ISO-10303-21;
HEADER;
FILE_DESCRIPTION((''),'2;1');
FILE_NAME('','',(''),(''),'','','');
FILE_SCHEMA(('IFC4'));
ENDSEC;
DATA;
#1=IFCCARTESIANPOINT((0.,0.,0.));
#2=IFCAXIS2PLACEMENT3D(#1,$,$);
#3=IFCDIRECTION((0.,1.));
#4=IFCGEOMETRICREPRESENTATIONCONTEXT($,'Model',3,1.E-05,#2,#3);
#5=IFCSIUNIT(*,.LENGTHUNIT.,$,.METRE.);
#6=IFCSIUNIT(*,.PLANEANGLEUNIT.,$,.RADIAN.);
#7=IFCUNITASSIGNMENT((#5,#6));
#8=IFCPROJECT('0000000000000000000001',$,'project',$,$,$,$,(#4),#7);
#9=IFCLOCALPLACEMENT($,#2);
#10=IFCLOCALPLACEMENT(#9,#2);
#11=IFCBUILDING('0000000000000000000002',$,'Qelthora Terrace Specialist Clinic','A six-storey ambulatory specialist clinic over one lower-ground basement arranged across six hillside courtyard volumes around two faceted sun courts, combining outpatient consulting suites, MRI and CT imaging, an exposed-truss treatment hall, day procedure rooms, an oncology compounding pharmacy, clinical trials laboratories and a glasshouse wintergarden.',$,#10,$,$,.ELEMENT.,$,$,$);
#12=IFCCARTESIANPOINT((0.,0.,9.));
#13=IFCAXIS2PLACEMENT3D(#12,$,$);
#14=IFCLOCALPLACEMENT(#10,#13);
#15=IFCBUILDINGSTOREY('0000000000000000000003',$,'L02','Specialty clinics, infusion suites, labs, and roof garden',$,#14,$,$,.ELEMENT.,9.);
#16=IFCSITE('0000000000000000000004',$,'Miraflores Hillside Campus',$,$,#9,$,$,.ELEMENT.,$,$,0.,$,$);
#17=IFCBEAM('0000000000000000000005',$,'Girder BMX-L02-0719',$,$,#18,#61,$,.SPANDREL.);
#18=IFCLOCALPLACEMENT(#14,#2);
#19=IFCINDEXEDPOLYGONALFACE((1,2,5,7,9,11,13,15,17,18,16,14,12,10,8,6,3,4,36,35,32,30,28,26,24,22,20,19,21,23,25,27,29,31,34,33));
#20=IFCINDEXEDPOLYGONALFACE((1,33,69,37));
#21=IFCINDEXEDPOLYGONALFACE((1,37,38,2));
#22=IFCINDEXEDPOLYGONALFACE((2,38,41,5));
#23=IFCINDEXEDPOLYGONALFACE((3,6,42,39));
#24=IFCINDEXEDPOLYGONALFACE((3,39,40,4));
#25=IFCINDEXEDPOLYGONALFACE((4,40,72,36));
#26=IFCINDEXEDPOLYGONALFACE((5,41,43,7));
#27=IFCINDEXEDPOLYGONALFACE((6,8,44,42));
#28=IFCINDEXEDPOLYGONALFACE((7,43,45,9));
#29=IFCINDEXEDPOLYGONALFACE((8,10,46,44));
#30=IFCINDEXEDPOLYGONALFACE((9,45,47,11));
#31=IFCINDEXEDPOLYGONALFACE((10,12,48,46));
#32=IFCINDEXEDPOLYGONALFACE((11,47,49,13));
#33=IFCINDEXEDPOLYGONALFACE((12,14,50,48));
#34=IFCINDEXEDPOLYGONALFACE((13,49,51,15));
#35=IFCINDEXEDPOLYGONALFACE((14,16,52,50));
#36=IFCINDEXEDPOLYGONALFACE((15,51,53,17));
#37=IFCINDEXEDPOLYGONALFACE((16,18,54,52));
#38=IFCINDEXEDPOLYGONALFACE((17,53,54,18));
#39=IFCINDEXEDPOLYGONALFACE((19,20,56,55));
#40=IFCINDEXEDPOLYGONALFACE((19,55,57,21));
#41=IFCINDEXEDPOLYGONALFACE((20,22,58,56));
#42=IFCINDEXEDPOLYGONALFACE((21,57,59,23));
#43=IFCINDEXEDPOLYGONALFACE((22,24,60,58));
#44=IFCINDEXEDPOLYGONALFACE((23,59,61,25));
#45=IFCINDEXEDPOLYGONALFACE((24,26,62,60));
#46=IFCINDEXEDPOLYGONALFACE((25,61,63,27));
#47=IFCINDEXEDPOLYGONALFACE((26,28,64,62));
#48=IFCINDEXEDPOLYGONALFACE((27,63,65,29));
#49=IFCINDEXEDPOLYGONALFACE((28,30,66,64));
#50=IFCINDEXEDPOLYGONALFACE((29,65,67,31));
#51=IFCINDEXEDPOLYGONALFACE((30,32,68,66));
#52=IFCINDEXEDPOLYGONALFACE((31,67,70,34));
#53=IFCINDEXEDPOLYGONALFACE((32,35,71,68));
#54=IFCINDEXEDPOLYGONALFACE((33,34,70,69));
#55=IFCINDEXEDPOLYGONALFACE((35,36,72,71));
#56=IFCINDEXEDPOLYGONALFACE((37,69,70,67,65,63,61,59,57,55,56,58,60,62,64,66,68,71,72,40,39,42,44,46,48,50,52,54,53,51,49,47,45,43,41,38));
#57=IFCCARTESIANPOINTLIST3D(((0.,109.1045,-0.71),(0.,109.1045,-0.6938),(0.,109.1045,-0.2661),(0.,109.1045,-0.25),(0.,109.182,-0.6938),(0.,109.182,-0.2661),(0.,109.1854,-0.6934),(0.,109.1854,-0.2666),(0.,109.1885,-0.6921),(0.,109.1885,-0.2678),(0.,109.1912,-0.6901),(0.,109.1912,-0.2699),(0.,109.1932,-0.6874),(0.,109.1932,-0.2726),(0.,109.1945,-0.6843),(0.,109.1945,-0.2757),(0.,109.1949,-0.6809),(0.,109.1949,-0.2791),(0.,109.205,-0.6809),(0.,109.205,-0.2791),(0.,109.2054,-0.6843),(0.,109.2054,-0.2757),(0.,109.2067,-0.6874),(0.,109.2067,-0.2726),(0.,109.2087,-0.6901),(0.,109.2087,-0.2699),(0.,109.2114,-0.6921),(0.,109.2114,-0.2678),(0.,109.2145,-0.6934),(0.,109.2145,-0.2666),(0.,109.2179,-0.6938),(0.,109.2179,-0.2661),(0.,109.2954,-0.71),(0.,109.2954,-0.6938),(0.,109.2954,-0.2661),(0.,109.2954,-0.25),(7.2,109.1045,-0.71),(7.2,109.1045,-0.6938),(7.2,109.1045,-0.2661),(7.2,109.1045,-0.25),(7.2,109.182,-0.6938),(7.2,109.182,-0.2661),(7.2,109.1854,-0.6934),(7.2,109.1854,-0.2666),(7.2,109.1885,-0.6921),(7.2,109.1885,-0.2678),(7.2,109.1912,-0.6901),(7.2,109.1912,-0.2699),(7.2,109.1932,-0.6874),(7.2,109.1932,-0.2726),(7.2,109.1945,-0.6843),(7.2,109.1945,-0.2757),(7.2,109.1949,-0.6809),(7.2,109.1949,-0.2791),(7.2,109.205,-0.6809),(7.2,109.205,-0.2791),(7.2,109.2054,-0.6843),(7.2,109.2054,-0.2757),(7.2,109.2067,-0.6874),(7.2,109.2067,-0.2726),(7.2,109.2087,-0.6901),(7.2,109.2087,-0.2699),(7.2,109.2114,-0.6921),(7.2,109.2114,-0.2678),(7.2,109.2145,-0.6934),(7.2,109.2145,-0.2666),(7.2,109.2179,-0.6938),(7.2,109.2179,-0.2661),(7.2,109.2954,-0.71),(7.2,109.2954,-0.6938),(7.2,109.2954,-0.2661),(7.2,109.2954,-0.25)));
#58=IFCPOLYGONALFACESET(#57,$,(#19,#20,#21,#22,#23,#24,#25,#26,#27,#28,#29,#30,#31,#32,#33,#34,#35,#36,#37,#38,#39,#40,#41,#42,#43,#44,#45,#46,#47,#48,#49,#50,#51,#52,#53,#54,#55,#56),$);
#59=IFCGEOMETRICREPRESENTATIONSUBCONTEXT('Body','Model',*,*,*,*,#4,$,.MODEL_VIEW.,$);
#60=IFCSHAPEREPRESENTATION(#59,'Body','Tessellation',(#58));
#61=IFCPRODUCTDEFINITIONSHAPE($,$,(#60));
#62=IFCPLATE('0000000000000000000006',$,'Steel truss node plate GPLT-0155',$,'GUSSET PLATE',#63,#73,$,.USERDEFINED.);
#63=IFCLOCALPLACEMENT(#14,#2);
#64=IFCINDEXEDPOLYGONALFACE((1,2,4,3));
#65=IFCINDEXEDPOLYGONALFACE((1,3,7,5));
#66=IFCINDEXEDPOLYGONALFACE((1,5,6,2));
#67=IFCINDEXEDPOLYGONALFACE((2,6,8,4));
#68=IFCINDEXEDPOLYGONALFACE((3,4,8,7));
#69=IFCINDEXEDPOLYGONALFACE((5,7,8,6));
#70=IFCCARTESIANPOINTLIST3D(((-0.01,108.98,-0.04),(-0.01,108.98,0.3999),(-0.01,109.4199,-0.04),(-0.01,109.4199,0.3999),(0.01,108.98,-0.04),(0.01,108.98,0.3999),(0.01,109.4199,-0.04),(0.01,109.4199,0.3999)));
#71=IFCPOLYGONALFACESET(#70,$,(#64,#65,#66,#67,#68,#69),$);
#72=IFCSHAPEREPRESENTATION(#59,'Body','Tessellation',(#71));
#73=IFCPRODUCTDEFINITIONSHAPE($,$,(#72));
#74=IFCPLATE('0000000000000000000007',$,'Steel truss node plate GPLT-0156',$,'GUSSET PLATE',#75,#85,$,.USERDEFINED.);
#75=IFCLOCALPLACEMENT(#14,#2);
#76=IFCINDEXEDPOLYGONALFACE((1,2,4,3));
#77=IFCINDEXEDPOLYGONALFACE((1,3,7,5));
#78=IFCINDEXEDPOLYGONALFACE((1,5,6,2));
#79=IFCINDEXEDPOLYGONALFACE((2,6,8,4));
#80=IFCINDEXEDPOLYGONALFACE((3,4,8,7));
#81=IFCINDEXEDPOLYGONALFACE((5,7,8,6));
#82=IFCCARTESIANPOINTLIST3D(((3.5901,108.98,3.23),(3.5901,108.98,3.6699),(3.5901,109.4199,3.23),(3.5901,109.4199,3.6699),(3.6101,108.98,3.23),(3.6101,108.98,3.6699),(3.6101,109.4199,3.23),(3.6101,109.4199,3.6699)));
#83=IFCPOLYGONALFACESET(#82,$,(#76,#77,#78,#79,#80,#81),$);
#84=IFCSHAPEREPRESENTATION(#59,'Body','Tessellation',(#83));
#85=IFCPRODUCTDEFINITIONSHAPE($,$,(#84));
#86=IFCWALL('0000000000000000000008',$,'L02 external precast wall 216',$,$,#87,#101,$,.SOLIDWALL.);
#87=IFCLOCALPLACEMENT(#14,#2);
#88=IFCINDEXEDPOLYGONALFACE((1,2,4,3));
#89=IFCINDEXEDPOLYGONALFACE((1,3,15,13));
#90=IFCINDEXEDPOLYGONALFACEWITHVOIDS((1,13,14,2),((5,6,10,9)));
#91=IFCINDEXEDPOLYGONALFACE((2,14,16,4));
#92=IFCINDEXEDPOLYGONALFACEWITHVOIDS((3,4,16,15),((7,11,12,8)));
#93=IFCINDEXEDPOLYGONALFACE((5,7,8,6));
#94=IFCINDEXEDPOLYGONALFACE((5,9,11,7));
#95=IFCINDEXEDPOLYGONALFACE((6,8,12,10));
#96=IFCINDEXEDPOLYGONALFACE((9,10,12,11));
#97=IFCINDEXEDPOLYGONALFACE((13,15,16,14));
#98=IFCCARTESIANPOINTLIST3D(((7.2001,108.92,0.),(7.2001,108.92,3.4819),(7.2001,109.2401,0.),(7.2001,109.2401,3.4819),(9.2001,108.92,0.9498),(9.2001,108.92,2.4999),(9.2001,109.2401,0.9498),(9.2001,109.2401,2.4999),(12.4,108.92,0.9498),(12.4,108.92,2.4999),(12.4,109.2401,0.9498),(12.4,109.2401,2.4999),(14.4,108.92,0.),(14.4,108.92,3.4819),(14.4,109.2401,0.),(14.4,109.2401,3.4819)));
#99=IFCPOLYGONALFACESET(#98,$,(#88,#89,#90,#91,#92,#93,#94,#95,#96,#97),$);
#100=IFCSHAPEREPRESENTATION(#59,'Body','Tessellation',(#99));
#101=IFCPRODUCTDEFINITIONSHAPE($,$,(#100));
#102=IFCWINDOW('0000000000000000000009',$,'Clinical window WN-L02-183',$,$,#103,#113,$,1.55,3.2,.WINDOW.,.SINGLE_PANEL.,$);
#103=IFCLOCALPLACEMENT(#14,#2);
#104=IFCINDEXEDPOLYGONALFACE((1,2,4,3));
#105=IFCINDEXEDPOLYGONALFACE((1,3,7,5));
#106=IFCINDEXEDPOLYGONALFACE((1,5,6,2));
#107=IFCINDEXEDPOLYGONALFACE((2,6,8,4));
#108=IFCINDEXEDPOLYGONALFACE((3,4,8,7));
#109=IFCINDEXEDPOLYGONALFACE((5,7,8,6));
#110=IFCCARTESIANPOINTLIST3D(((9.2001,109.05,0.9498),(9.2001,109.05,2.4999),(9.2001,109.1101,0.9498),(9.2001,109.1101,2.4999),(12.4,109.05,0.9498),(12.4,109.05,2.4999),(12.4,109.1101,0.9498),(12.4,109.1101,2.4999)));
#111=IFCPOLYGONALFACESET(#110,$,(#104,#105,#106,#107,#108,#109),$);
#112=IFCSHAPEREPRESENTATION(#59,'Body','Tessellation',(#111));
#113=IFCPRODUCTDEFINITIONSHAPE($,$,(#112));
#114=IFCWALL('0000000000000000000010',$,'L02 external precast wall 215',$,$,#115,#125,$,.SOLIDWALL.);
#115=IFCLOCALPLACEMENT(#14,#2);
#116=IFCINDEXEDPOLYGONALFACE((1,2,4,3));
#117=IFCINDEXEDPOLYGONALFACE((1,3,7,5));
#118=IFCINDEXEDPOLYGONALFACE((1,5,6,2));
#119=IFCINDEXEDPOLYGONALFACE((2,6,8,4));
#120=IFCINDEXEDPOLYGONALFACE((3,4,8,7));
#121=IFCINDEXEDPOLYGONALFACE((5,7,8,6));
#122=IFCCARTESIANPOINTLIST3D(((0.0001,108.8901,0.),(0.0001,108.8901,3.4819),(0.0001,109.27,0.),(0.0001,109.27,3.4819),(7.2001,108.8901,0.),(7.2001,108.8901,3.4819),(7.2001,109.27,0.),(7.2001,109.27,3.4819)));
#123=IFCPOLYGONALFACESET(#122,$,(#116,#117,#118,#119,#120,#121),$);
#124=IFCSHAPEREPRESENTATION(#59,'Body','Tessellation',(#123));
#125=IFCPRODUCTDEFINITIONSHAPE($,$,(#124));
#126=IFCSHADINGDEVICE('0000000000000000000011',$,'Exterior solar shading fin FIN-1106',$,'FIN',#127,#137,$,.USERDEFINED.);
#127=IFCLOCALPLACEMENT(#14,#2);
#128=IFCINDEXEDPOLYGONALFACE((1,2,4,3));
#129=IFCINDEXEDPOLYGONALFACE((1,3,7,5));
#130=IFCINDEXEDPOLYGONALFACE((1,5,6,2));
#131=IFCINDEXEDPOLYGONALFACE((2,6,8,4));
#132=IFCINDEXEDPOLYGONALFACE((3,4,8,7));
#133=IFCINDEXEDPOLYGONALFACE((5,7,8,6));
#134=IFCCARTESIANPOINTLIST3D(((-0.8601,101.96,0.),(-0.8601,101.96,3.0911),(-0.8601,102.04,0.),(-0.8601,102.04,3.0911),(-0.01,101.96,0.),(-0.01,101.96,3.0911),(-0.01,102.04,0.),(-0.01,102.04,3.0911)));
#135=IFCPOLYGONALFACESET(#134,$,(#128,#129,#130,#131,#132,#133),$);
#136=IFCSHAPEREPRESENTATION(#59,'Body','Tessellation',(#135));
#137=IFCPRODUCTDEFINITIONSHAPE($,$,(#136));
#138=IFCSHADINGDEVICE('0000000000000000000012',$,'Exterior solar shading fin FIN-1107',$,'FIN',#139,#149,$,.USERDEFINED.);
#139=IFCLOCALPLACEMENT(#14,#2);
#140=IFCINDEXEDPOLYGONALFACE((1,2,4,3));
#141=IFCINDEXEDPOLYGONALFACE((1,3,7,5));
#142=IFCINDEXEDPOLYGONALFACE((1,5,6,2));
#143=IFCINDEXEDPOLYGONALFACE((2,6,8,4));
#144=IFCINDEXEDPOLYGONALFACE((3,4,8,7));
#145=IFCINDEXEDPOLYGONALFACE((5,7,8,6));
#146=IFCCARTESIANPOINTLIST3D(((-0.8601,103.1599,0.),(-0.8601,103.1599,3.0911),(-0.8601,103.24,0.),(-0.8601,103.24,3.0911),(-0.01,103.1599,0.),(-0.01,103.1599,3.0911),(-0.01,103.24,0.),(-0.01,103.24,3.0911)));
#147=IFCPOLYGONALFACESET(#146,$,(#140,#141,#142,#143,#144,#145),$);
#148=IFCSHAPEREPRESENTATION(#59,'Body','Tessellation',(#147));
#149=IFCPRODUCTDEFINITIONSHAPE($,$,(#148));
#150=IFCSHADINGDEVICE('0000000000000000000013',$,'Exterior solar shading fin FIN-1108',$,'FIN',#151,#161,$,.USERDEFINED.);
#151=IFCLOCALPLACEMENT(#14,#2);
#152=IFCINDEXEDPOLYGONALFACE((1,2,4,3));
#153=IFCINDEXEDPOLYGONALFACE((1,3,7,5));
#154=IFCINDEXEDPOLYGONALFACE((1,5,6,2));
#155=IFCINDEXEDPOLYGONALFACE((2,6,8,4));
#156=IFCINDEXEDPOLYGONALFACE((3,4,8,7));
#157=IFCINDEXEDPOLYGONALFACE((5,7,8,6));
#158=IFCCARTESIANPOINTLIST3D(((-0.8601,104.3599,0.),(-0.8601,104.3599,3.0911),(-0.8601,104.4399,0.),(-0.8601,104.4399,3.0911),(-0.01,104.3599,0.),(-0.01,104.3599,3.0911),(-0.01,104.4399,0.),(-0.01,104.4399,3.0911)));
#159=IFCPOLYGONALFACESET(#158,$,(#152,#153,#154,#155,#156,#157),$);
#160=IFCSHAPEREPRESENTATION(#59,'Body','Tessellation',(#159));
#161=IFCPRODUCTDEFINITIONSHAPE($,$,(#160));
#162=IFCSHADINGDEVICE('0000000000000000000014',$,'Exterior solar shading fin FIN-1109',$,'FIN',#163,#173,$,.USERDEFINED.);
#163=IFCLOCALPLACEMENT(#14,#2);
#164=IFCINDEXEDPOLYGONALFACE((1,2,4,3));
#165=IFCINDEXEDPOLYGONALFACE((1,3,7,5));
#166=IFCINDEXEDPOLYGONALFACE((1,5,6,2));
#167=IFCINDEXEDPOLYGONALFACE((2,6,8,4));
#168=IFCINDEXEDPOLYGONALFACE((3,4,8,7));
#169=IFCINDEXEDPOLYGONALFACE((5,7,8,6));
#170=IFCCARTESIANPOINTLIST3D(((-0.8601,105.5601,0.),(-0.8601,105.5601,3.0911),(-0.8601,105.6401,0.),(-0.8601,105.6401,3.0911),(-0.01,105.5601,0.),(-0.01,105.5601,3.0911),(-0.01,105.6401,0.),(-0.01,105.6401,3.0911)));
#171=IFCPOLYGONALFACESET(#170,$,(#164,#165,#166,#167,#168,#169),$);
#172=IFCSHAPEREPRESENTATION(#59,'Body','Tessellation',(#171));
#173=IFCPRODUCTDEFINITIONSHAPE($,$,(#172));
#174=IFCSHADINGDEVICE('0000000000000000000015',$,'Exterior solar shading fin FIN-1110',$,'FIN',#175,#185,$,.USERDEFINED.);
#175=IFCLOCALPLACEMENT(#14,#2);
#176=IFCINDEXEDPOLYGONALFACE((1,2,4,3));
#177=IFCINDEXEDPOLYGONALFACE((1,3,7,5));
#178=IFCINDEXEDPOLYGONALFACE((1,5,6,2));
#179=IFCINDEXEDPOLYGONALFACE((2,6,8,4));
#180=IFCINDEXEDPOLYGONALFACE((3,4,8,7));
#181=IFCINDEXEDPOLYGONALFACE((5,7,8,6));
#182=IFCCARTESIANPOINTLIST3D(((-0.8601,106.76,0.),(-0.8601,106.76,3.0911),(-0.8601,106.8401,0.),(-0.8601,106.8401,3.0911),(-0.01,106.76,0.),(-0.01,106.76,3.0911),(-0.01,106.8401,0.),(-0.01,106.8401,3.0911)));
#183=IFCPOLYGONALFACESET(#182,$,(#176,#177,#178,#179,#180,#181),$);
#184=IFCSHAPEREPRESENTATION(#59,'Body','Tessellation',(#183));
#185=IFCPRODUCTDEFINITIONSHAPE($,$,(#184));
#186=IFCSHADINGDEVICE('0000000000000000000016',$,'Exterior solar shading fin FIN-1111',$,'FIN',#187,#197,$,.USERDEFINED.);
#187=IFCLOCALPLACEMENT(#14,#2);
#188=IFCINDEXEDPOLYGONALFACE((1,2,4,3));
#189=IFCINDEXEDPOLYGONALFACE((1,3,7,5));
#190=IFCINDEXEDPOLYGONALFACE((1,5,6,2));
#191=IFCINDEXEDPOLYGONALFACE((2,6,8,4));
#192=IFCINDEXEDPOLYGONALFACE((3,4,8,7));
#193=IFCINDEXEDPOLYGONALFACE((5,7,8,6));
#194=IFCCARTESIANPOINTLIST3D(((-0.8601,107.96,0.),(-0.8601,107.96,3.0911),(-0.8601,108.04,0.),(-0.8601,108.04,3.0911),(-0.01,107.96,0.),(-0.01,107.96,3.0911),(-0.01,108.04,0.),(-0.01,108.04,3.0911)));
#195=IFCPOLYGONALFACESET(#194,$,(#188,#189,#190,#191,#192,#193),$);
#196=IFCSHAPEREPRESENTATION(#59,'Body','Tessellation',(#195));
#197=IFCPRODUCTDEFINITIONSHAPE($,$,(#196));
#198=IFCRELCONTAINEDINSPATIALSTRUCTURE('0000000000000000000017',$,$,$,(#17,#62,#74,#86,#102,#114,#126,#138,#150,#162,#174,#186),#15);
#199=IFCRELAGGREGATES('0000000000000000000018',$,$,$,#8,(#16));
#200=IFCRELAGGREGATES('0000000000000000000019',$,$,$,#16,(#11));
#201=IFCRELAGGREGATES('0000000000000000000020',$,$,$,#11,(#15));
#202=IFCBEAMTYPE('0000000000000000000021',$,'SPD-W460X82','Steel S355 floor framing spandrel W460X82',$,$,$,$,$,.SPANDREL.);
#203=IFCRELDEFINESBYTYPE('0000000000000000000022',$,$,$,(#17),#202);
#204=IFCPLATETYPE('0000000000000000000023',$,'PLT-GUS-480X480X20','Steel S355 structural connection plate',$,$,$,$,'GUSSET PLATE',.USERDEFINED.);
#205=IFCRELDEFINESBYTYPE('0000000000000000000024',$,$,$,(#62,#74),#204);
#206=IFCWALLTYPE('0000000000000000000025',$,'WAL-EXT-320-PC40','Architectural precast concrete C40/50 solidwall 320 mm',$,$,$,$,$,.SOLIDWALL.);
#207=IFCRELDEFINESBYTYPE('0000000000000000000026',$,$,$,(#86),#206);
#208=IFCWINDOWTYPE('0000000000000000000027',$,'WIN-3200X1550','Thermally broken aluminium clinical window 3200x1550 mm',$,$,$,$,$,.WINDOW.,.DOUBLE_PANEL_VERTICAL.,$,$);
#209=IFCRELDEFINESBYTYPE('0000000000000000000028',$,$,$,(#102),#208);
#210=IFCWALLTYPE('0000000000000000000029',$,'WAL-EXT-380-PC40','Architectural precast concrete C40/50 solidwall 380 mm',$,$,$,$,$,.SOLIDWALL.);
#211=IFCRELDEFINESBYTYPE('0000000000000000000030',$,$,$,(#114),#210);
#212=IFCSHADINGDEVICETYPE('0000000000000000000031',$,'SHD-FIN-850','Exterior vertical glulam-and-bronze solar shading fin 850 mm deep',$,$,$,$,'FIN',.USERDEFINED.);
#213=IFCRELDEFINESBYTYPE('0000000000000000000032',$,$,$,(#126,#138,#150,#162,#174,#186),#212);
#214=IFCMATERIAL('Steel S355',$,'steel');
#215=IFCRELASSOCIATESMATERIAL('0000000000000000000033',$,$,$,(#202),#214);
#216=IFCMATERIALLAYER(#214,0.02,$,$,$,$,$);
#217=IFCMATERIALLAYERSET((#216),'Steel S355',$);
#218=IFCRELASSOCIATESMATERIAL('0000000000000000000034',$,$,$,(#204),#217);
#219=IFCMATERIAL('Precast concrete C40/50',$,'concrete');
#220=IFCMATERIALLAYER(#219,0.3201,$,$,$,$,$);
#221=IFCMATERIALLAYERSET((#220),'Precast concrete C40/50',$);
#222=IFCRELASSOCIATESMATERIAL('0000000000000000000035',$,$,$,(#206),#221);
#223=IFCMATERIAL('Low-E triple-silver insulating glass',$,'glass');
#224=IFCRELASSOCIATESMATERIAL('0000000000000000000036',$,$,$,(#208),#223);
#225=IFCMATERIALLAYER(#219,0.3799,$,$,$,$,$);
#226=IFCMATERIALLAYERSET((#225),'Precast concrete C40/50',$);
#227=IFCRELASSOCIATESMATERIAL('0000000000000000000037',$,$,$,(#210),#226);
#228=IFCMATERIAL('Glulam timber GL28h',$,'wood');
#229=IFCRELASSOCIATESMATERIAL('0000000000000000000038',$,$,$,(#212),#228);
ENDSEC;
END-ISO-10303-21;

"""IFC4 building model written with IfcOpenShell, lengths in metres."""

from ifc_helpers import new_model, si_unit, direction, frame, frame_2d, origin, origin_2d, place, context, subcontext, project, spatial, rectangle, i_section, extrude, material, layer, layer_set, material_profile, profile_set, type_object, element, fill, save


model = new_model("IFC4")

# Units and contexts
model_context = context("Model", 3, precision=1e-05, world=origin(), true_north=direction((0.0, 1.0)))
body_context = subcontext(model_context, "Body", "Model", "MODEL_VIEW")
ifc_project = project(units=[si_unit("LENGTHUNIT", "METRE"), si_unit("PLANEANGLEUNIT", "RADIAN")], contexts=[model_context])

# Site, building, storey
site_placement = place(None, origin())
site = spatial("IfcSite", under=ifc_project, at=site_placement, Name="Miraflores Hillside Campus", CompositionType="ELEMENT", RefElevation=0.0)
building_placement = place(site_placement, origin())
building = spatial("IfcBuilding", under=site, at=building_placement, Name="Qelthora Terrace Specialist Clinic", Description="A six-storey ambulatory specialist clinic over one lower-ground basement arranged across six hillside courtyard volumes around two faceted sun courts, combining outpatient consulting suites, MRI and CT imaging, an exposed-truss treatment hall, day procedure rooms, an oncology compounding pharmacy, clinical trials laboratories and a glasshouse wintergarden.", CompositionType="ELEMENT")
storey_placement = place(building_placement, frame((0.0, 0.0, 9.0)))
storey = spatial("IfcBuildingStorey", under=building, at=storey_placement, Name="L02", Description="Specialty clinics, infusion suites, labs, and roof garden", CompositionType="ELEMENT", Elevation=9.0)

# Shared definitions
ifc_material_1 = material(Name="Steel S355", Category="steel")

# Beam
ifc_material_profile_1 = material_profile(ifc_material_1, i_section(OverallWidth=0.1909, OverallDepth=0.46, WebThickness=0.01, FlangeThickness=0.0161, FilletRadius=0.0129, at=origin_2d()), Name="W460X82")
ifc_profile_set_1 = profile_set([ifc_material_profile_1], Name="Steel S355")
beam_type_1 = type_object("IfcBeamType", Name="SPD-W460X82", Description="Steel S355 floor framing spandrel W460X82", PredefinedType="SPANDREL", material=ifc_profile_set_1)
beam_1_placement = place(storey_placement, frame((0.0, 109.2, -0.48), z_axis=(1.0, 0.0, 0.0), x_axis=(0.0, 1.0, 0.0)))
element("IfcBeam", 1, at=beam_1_placement, inside=storey, type_object=beam_type_1, Name="Girder BMX-L02-0719", PredefinedType="SPANDREL", context=body_context, shape_type="SweptSolid", body=[
    extrude(i_section(OverallWidth=0.1909, OverallDepth=0.46, WebThickness=0.01, FlangeThickness=0.0161, FilletRadius=0.0129, at=origin_2d()), origin(), (0.0, 0.0, 1.0), 7.2),
])

# Plates
ifc_layer_1 = layer(ifc_material_1, 0.02)
ifc_layer_set_1 = layer_set([ifc_layer_1], Name="Steel S355")
plate_type = type_object("IfcPlateType", Name="PLT-GUS-480X480X20", Description="Steel S355 structural connection plate", ElementType="GUSSET PLATE", PredefinedType="USERDEFINED", material=ifc_layer_set_1)
for number, where, z_axis, x_axis, name in (
    (2, (0.0, 109.2, -0.04), (0.0, 0.0, 1.0), (1.0, 0.0, 0.0), "Steel truss node plate GPLT-0155"),
    (3, (3.6001, 109.2, 3.23), (0.0, 0.0, 1.0), (1.0, 0.0, 0.0), "Steel truss node plate GPLT-0156"),
):
    element("IfcPlate", number, at=place(storey_placement, frame(where, z_axis=z_axis, x_axis=x_axis)), inside=storey, type_object=plate_type, Name=name, ObjectType="GUSSET PLATE", PredefinedType="USERDEFINED", context=body_context, shape_type="SweptSolid", body=[
        extrude(rectangle(XDim=0.02, YDim=0.4399, at=origin_2d()), origin(), (0.0, 0.0, 1.0), 0.4399),
    ])

# Wall, opening, window
ifc_material_2 = material(Name="Precast concrete C40/50", Category="concrete")
ifc_layer_2 = layer(ifc_material_2, 0.3201)
ifc_layer_set_2 = layer_set([ifc_layer_2], Name="Precast concrete C40/50")
wall_type_1 = type_object("IfcWallType", Name="WAL-EXT-320-PC40", Description="Architectural precast concrete C40/50 solidwall 320 mm", PredefinedType="SOLIDWALL", material=ifc_layer_set_2)
wall_1_placement = place(storey_placement, frame((7.2, 109.0801, 0.0), z_axis=(0.0, 0.0, 1.0), x_axis=(1.0, 0.0, 0.0)))
wall_1 = element("IfcWall", 4, at=wall_1_placement, inside=storey, type_object=wall_type_1, Name="L02 external precast wall 216", PredefinedType="SOLIDWALL", context=body_context, shape_type="SweptSolid", body=[
    extrude(rectangle(XDim=7.2, YDim=0.3201, at=frame_2d((3.6001, 0.0))), origin(), (0.0, 0.0, 1.0), 3.4819),
])
opening_placement = place(wall_1_placement, frame((2.0, 0.0, 0.95)))
opening = element("IfcOpeningElement", 5, at=opening_placement, cuts=wall_1, PredefinedType="OPENING", context=body_context, shape_type="SweptSolid", body=[
    extrude(rectangle(XDim=3.2, YDim=1.55, at=frame_2d((1.6001, 0.7749))), frame((0.0, 0.1699, 0.0), z_axis=(0.0, -1.0, 0.0), x_axis=(1.0, 0.0, 0.0)), (0.0, 0.0, 1.0), 0.3401),
])
ifc_material_3 = material(Name="Low-E triple-silver insulating glass", Category="glass")
window_type = type_object("IfcWindowType", Name="WIN-3200X1550", Description="Thermally broken aluminium clinical window 3200x1550 mm", PartitioningType="DOUBLE_PANEL_VERTICAL", PredefinedType="WINDOW", material=ifc_material_3)
window_placement = place(opening_placement, origin())
window = element("IfcWindow", 6, at=window_placement, inside=storey, type_object=window_type, Name="Clinical window WN-L02-183", OverallHeight=1.55, OverallWidth=3.2, PartitioningType="SINGLE_PANEL", PredefinedType="WINDOW", context=body_context, shape_type="SweptSolid", body=[
    extrude(rectangle(XDim=3.2, YDim=1.55, at=frame_2d((1.6001, 0.7749))), frame((0.0, 0.03, 0.0), z_axis=(0.0, -1.0, 0.0), x_axis=(1.0, 0.0, 0.0)), (0.0, 0.0, 1.0), 0.0601),
])
fill(opening, window)

# Wall
ifc_layer_3 = layer(ifc_material_2, 0.3799)
ifc_layer_set_3 = layer_set([ifc_layer_3], Name="Precast concrete C40/50")
wall_type_2 = type_object("IfcWallType", Name="WAL-EXT-380-PC40", Description="Architectural precast concrete C40/50 solidwall 380 mm", PredefinedType="SOLIDWALL", material=ifc_layer_set_3)
wall_2_placement = place(storey_placement, frame((0.0, 109.0801, 0.0), z_axis=(0.0, 0.0, 1.0), x_axis=(1.0, 0.0, 0.0)))
element("IfcWall", 7, at=wall_2_placement, inside=storey, type_object=wall_type_2, Name="L02 external precast wall 215", PredefinedType="SOLIDWALL", context=body_context, shape_type="SweptSolid", body=[
    extrude(rectangle(XDim=7.2, YDim=0.3799, at=frame_2d((3.6001, 0.0))), origin(), (0.0, 0.0, 1.0), 3.4819),
])

# Shading devices
ifc_material_4 = material(Name="Glulam timber GL28h", Category="wood")
shading_device_type = type_object("IfcShadingDeviceType", Name="SHD-FIN-850", Description="Exterior vertical glulam-and-bronze solar shading fin 850 mm deep", ElementType="FIN", PredefinedType="USERDEFINED", material=ifc_material_4)
for number, where, z_axis, x_axis, name in (
    (8, (-0.4351, 102.0, 0.0), (0.0, 0.0, 1.0), (-1.0, 0.0, 0.0), "Exterior solar shading fin FIN-1106"),
    (9, (-0.4351, 103.2, 0.0), (0.0, 0.0, 1.0), (-1.0, 0.0, 0.0), "Exterior solar shading fin FIN-1107"),
    (10, (-0.4351, 104.3999, 0.0), (0.0, 0.0, 1.0), (-1.0, 0.0, 0.0), "Exterior solar shading fin FIN-1108"),
    (11, (-0.4351, 105.6001, 0.0), (0.0, 0.0, 1.0), (-1.0, 0.0, 0.0), "Exterior solar shading fin FIN-1109"),
    (12, (-0.4351, 106.8, 0.0), (0.0, 0.0, 1.0), (-1.0, 0.0, 0.0), "Exterior solar shading fin FIN-1110"),
    (13, (-0.4351, 108.0, 0.0), (0.0, 0.0, 1.0), (-1.0, 0.0, 0.0), "Exterior solar shading fin FIN-1111"),
):
    element("IfcShadingDevice", number, at=place(storey_placement, frame(where, z_axis=z_axis, x_axis=x_axis)), inside=storey, type_object=shading_device_type, Name=name, ObjectType="FIN", PredefinedType="USERDEFINED", context=body_context, shape_type="SweptSolid", body=[
        extrude(rectangle(XDim=0.8501, YDim=0.0801, at=origin_2d()), origin(), (0.0, 0.0, 1.0), 3.0911),
    ])

save(model, "model.ifc")
